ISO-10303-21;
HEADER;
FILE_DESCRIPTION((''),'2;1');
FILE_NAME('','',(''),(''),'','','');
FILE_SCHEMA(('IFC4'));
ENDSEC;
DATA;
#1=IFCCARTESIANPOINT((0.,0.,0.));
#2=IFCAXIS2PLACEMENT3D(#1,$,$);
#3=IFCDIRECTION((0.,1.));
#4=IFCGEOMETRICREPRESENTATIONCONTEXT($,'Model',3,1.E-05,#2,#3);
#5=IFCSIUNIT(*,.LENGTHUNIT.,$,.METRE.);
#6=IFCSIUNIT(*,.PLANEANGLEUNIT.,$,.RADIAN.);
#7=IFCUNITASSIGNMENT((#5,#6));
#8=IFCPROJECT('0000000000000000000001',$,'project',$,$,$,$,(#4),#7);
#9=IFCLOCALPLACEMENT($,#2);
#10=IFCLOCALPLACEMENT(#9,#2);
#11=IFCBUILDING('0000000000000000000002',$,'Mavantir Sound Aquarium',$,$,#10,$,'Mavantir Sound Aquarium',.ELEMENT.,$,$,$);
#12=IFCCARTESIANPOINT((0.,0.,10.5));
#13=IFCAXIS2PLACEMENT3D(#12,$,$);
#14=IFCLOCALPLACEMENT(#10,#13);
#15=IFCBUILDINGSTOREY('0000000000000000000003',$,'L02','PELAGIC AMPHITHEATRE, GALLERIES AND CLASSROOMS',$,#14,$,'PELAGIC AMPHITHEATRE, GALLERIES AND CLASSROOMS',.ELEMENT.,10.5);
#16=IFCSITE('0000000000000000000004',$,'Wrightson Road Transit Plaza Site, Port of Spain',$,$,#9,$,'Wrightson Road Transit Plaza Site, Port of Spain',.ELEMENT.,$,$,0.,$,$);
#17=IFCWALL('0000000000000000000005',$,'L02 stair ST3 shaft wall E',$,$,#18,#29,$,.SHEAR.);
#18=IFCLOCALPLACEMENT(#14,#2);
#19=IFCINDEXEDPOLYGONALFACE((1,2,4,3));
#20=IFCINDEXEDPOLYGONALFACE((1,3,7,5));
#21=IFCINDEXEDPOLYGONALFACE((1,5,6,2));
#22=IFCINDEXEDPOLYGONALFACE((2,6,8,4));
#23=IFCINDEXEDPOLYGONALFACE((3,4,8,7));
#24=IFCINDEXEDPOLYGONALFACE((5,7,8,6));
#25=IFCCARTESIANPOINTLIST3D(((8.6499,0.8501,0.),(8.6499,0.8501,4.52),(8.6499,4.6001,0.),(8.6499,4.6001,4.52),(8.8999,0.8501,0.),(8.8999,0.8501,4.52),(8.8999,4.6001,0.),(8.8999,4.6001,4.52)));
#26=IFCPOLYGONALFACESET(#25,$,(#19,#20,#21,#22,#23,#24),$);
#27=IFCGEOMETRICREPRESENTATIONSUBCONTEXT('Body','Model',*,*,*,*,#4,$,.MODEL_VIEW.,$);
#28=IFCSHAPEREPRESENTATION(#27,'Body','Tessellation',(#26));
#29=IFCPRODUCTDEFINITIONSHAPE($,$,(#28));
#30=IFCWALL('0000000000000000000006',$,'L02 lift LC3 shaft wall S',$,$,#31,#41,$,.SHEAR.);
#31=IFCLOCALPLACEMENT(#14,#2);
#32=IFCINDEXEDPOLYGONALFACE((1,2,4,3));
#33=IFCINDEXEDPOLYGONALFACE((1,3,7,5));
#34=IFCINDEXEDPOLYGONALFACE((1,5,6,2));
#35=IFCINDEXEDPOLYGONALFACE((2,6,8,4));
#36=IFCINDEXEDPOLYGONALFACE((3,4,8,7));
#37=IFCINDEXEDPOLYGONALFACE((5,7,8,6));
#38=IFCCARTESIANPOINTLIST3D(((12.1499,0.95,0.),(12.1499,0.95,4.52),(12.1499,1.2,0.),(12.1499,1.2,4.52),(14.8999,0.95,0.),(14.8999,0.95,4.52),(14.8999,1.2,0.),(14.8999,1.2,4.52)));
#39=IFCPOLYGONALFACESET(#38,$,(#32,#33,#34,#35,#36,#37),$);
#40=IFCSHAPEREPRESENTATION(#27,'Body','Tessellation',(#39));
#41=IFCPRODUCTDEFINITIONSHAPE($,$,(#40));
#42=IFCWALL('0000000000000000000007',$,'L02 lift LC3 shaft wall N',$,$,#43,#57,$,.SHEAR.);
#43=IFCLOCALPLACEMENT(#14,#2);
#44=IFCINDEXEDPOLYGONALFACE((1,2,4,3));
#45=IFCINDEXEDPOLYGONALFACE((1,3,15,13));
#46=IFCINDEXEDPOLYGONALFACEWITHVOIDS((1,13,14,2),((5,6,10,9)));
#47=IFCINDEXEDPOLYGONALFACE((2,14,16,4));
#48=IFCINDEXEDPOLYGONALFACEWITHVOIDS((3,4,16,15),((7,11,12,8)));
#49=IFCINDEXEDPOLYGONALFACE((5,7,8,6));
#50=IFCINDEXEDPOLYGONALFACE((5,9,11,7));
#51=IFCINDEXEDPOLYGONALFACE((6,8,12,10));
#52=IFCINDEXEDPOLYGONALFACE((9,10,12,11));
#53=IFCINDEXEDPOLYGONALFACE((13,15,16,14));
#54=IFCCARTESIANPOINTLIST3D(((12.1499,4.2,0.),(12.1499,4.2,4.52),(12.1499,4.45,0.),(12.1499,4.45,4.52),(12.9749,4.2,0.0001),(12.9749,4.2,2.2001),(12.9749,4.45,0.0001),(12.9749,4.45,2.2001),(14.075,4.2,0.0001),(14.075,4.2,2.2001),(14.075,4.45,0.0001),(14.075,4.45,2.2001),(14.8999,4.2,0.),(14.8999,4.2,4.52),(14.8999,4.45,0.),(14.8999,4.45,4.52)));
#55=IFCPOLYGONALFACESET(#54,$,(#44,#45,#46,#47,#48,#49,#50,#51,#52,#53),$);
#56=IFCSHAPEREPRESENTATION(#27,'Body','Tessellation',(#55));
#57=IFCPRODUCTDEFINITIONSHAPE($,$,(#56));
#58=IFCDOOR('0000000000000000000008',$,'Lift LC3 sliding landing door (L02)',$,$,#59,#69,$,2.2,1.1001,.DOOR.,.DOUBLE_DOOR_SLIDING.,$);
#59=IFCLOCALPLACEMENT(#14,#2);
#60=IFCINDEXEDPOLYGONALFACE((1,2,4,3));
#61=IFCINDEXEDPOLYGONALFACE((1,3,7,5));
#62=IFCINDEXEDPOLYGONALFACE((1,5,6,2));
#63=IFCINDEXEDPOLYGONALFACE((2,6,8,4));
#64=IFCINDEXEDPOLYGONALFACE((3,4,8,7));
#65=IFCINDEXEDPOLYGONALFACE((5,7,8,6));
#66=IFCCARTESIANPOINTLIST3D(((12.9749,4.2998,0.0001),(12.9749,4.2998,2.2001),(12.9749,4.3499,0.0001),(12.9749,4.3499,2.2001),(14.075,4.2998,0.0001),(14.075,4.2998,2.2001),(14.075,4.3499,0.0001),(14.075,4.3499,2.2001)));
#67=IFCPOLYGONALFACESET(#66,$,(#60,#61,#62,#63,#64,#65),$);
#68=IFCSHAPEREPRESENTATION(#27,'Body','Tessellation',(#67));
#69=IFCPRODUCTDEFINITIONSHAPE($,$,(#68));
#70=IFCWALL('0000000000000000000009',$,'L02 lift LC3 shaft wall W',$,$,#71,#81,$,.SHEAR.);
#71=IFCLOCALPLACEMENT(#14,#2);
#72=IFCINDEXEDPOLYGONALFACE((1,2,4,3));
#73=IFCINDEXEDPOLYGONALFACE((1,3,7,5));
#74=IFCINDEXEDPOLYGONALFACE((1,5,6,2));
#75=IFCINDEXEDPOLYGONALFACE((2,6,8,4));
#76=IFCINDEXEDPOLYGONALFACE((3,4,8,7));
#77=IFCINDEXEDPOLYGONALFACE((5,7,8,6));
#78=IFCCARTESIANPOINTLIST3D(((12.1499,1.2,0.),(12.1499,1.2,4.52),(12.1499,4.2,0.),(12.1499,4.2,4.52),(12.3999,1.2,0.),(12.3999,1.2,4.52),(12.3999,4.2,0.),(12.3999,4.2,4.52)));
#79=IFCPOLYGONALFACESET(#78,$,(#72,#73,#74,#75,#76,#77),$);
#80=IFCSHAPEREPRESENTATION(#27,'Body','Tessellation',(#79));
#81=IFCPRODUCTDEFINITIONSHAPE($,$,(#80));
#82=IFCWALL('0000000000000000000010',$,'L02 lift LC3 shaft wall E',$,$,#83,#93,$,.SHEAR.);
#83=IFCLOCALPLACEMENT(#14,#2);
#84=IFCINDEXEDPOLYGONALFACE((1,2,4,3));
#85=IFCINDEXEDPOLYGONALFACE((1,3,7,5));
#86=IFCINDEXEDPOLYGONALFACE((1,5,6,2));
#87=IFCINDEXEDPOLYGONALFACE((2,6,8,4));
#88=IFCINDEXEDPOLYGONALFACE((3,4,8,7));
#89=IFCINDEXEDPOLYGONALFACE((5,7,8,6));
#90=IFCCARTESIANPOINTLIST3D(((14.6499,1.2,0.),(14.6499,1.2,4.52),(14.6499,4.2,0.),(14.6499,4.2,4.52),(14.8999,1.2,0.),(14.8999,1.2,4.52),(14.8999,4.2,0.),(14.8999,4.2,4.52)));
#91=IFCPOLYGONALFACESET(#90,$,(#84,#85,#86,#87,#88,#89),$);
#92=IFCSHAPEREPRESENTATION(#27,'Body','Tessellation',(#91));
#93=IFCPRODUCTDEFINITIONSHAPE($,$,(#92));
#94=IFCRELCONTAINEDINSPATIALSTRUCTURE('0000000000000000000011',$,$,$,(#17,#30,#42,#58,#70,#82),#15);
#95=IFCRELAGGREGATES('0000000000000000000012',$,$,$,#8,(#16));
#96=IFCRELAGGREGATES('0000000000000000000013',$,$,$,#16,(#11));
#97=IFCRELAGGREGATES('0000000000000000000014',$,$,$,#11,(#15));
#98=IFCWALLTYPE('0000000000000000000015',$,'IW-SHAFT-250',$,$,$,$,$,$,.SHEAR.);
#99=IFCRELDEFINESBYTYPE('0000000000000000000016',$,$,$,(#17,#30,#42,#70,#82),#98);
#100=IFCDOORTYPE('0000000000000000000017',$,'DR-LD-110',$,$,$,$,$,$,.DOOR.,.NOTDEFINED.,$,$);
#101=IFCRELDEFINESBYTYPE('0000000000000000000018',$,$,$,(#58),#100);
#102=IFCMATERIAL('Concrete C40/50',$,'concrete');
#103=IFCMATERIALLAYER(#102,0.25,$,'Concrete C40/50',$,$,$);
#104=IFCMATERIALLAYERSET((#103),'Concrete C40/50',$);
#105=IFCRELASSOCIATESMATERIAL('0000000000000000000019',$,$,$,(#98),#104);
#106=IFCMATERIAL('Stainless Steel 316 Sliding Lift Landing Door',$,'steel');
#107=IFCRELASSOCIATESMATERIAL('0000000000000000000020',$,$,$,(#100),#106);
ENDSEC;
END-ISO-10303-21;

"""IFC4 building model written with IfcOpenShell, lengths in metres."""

from ifc_helpers import new_model, si_unit, direction, frame, frame_2d, origin, place, context, subcontext, project, spatial, rectangle, extrude, material, layer, layer_set, type_object, element, fill, save


model = new_model("IFC4")

# Units and contexts
model_context = context("Model", 3, precision=1e-05, world=origin(), true_north=direction((0.0, 1.0)))
body_context = subcontext(model_context, "Body", "Model", "MODEL_VIEW")
ifc_project = project(units=[si_unit("LENGTHUNIT", "METRE"), si_unit("PLANEANGLEUNIT", "RADIAN")], contexts=[model_context])

# Site, building, storey
site_placement = place(None, origin())
site = spatial("IfcSite", under=ifc_project, at=site_placement, Name="Wrightson Road Transit Plaza Site, Port of Spain", LongName="Wrightson Road Transit Plaza Site, Port of Spain", CompositionType="ELEMENT", RefElevation=0.0)
building_placement = place(site_placement, origin())
building = spatial("IfcBuilding", under=site, at=building_placement, Name="Mavantir Sound Aquarium", LongName="Mavantir Sound Aquarium", CompositionType="ELEMENT")
storey_placement = place(building_placement, frame((0.0, 0.0, 10.5)))
storey = spatial("IfcBuildingStorey", under=building, at=storey_placement, Name="L02", Description="PELAGIC AMPHITHEATRE, GALLERIES AND CLASSROOMS", LongName="PELAGIC AMPHITHEATRE, GALLERIES AND CLASSROOMS", CompositionType="ELEMENT", Elevation=10.5)

# Shared definitions
ifc_material_1 = material(Name="Concrete C40/50", Category="concrete")

# Shared definitions
ifc_layer_1 = layer(ifc_material_1, 0.25, Name="Concrete C40/50")
ifc_layer_set_1 = layer_set([ifc_layer_1], Name="Concrete C40/50")
wall_type_1 = type_object("IfcWallType", Name="IW-SHAFT-250", PredefinedType="SHEAR", material=ifc_layer_set_1)

# Walls
wall_1_placement = place(storey_placement, frame((8.7749, 0.8501, 0.0), z_axis=(0.0, 0.0, 1.0), x_axis=(0.0, 1.0, 0.0)))
element("IfcWall", 1, at=wall_1_placement, inside=storey, type_object=wall_type_1, Name="L02 stair ST3 shaft wall E", PredefinedType="SHEAR", context=body_context, shape_type="SweptSolid", body=[
    extrude(rectangle(XDim=3.75, YDim=0.25, at=frame_2d((1.875, 0.0))), origin(), (0.0, 0.0, 1.0), 4.52),
])
wall_2_placement = place(storey_placement, frame((12.1499, 1.075, 0.0), z_axis=(0.0, 0.0, 1.0), x_axis=(1.0, 0.0, 0.0)))
element("IfcWall", 2, at=wall_2_placement, inside=storey, type_object=wall_type_1, Name="L02 lift LC3 shaft wall S", PredefinedType="SHEAR", context=body_context, shape_type="SweptSolid", body=[
    extrude(rectangle(XDim=2.75, YDim=0.25, at=frame_2d((1.375, 0.0))), origin(), (0.0, 0.0, 1.0), 4.52),
])

# Wall, opening, door
wall_3_placement = place(storey_placement, frame((12.1499, 4.325, 0.0), z_axis=(0.0, 0.0, 1.0), x_axis=(1.0, 0.0, 0.0)))
wall_3 = element("IfcWall", 3, at=wall_3_placement, inside=storey, type_object=wall_type_1, Name="L02 lift LC3 shaft wall N", PredefinedType="SHEAR", context=body_context, shape_type="SweptSolid", body=[
    extrude(rectangle(XDim=2.75, YDim=0.25, at=frame_2d((1.375, 0.0))), origin(), (0.0, 0.0, 1.0), 4.52),
])
opening_1_placement = place(wall_3_placement, frame((0.825, 0.0, 0.0)))
opening_1 = element("IfcOpeningElement", 4, at=opening_1_placement, cuts=wall_3, PredefinedType="OPENING", context=body_context, shape_type="SweptSolid", body=[
    extrude(rectangle(XDim=1.1001, YDim=2.2, at=frame_2d((0.55, 1.1001))), frame((0.0, 0.135, 0.0), z_axis=(0.0, -1.0, 0.0), x_axis=(1.0, 0.0, 0.0)), (0.0, 0.0, 1.0), 0.27),
])
ifc_material_2 = material(Name="Stainless Steel 316 Sliding Lift Landing Door", Category="steel")
door_type_1 = type_object("IfcDoorType", Name="DR-LD-110", OperationType="NOTDEFINED", PredefinedType="DOOR", material=ifc_material_2)
door_1_placement = place(opening_1_placement, origin())
door_1 = element("IfcDoor", 5, at=door_1_placement, inside=storey, type_object=door_type_1, Name="Lift LC3 sliding landing door (L02)", OperationType="DOUBLE_DOOR_SLIDING", OverallHeight=2.2, OverallWidth=1.1001, PredefinedType="DOOR", context=body_context, shape_type="SweptSolid", body=[
    extrude(rectangle(XDim=1.1001, YDim=2.2, at=frame_2d((0.55, 1.1001))), frame((0.0, 0.0249, 0.0), z_axis=(0.0, -1.0, 0.0), x_axis=(1.0, 0.0, 0.0)), (0.0, 0.0, 1.0), 0.05),
])
fill(opening_1, door_1)

# Walls
for number, where, z_axis, x_axis, name in (
    (6, (12.2749, 1.2, 0.0), (0.0, 0.0, 1.0), (0.0, 1.0, 0.0), "L02 lift LC3 shaft wall W"),
    (7, (14.7749, 1.2, 0.0), (0.0, 0.0, 1.0), (0.0, 1.0, 0.0), "L02 lift LC3 shaft wall E"),
):
    element("IfcWall", number, at=place(storey_placement, frame(where, z_axis=z_axis, x_axis=x_axis)), inside=storey, type_object=wall_type_1, Name=name, PredefinedType="SHEAR", context=body_context, shape_type="SweptSolid", body=[
        extrude(rectangle(XDim=3.0, YDim=0.25, at=frame_2d((1.5, 0.0))), origin(), (0.0, 0.0, 1.0), 4.52),
    ])

save(model, "model.ifc")
